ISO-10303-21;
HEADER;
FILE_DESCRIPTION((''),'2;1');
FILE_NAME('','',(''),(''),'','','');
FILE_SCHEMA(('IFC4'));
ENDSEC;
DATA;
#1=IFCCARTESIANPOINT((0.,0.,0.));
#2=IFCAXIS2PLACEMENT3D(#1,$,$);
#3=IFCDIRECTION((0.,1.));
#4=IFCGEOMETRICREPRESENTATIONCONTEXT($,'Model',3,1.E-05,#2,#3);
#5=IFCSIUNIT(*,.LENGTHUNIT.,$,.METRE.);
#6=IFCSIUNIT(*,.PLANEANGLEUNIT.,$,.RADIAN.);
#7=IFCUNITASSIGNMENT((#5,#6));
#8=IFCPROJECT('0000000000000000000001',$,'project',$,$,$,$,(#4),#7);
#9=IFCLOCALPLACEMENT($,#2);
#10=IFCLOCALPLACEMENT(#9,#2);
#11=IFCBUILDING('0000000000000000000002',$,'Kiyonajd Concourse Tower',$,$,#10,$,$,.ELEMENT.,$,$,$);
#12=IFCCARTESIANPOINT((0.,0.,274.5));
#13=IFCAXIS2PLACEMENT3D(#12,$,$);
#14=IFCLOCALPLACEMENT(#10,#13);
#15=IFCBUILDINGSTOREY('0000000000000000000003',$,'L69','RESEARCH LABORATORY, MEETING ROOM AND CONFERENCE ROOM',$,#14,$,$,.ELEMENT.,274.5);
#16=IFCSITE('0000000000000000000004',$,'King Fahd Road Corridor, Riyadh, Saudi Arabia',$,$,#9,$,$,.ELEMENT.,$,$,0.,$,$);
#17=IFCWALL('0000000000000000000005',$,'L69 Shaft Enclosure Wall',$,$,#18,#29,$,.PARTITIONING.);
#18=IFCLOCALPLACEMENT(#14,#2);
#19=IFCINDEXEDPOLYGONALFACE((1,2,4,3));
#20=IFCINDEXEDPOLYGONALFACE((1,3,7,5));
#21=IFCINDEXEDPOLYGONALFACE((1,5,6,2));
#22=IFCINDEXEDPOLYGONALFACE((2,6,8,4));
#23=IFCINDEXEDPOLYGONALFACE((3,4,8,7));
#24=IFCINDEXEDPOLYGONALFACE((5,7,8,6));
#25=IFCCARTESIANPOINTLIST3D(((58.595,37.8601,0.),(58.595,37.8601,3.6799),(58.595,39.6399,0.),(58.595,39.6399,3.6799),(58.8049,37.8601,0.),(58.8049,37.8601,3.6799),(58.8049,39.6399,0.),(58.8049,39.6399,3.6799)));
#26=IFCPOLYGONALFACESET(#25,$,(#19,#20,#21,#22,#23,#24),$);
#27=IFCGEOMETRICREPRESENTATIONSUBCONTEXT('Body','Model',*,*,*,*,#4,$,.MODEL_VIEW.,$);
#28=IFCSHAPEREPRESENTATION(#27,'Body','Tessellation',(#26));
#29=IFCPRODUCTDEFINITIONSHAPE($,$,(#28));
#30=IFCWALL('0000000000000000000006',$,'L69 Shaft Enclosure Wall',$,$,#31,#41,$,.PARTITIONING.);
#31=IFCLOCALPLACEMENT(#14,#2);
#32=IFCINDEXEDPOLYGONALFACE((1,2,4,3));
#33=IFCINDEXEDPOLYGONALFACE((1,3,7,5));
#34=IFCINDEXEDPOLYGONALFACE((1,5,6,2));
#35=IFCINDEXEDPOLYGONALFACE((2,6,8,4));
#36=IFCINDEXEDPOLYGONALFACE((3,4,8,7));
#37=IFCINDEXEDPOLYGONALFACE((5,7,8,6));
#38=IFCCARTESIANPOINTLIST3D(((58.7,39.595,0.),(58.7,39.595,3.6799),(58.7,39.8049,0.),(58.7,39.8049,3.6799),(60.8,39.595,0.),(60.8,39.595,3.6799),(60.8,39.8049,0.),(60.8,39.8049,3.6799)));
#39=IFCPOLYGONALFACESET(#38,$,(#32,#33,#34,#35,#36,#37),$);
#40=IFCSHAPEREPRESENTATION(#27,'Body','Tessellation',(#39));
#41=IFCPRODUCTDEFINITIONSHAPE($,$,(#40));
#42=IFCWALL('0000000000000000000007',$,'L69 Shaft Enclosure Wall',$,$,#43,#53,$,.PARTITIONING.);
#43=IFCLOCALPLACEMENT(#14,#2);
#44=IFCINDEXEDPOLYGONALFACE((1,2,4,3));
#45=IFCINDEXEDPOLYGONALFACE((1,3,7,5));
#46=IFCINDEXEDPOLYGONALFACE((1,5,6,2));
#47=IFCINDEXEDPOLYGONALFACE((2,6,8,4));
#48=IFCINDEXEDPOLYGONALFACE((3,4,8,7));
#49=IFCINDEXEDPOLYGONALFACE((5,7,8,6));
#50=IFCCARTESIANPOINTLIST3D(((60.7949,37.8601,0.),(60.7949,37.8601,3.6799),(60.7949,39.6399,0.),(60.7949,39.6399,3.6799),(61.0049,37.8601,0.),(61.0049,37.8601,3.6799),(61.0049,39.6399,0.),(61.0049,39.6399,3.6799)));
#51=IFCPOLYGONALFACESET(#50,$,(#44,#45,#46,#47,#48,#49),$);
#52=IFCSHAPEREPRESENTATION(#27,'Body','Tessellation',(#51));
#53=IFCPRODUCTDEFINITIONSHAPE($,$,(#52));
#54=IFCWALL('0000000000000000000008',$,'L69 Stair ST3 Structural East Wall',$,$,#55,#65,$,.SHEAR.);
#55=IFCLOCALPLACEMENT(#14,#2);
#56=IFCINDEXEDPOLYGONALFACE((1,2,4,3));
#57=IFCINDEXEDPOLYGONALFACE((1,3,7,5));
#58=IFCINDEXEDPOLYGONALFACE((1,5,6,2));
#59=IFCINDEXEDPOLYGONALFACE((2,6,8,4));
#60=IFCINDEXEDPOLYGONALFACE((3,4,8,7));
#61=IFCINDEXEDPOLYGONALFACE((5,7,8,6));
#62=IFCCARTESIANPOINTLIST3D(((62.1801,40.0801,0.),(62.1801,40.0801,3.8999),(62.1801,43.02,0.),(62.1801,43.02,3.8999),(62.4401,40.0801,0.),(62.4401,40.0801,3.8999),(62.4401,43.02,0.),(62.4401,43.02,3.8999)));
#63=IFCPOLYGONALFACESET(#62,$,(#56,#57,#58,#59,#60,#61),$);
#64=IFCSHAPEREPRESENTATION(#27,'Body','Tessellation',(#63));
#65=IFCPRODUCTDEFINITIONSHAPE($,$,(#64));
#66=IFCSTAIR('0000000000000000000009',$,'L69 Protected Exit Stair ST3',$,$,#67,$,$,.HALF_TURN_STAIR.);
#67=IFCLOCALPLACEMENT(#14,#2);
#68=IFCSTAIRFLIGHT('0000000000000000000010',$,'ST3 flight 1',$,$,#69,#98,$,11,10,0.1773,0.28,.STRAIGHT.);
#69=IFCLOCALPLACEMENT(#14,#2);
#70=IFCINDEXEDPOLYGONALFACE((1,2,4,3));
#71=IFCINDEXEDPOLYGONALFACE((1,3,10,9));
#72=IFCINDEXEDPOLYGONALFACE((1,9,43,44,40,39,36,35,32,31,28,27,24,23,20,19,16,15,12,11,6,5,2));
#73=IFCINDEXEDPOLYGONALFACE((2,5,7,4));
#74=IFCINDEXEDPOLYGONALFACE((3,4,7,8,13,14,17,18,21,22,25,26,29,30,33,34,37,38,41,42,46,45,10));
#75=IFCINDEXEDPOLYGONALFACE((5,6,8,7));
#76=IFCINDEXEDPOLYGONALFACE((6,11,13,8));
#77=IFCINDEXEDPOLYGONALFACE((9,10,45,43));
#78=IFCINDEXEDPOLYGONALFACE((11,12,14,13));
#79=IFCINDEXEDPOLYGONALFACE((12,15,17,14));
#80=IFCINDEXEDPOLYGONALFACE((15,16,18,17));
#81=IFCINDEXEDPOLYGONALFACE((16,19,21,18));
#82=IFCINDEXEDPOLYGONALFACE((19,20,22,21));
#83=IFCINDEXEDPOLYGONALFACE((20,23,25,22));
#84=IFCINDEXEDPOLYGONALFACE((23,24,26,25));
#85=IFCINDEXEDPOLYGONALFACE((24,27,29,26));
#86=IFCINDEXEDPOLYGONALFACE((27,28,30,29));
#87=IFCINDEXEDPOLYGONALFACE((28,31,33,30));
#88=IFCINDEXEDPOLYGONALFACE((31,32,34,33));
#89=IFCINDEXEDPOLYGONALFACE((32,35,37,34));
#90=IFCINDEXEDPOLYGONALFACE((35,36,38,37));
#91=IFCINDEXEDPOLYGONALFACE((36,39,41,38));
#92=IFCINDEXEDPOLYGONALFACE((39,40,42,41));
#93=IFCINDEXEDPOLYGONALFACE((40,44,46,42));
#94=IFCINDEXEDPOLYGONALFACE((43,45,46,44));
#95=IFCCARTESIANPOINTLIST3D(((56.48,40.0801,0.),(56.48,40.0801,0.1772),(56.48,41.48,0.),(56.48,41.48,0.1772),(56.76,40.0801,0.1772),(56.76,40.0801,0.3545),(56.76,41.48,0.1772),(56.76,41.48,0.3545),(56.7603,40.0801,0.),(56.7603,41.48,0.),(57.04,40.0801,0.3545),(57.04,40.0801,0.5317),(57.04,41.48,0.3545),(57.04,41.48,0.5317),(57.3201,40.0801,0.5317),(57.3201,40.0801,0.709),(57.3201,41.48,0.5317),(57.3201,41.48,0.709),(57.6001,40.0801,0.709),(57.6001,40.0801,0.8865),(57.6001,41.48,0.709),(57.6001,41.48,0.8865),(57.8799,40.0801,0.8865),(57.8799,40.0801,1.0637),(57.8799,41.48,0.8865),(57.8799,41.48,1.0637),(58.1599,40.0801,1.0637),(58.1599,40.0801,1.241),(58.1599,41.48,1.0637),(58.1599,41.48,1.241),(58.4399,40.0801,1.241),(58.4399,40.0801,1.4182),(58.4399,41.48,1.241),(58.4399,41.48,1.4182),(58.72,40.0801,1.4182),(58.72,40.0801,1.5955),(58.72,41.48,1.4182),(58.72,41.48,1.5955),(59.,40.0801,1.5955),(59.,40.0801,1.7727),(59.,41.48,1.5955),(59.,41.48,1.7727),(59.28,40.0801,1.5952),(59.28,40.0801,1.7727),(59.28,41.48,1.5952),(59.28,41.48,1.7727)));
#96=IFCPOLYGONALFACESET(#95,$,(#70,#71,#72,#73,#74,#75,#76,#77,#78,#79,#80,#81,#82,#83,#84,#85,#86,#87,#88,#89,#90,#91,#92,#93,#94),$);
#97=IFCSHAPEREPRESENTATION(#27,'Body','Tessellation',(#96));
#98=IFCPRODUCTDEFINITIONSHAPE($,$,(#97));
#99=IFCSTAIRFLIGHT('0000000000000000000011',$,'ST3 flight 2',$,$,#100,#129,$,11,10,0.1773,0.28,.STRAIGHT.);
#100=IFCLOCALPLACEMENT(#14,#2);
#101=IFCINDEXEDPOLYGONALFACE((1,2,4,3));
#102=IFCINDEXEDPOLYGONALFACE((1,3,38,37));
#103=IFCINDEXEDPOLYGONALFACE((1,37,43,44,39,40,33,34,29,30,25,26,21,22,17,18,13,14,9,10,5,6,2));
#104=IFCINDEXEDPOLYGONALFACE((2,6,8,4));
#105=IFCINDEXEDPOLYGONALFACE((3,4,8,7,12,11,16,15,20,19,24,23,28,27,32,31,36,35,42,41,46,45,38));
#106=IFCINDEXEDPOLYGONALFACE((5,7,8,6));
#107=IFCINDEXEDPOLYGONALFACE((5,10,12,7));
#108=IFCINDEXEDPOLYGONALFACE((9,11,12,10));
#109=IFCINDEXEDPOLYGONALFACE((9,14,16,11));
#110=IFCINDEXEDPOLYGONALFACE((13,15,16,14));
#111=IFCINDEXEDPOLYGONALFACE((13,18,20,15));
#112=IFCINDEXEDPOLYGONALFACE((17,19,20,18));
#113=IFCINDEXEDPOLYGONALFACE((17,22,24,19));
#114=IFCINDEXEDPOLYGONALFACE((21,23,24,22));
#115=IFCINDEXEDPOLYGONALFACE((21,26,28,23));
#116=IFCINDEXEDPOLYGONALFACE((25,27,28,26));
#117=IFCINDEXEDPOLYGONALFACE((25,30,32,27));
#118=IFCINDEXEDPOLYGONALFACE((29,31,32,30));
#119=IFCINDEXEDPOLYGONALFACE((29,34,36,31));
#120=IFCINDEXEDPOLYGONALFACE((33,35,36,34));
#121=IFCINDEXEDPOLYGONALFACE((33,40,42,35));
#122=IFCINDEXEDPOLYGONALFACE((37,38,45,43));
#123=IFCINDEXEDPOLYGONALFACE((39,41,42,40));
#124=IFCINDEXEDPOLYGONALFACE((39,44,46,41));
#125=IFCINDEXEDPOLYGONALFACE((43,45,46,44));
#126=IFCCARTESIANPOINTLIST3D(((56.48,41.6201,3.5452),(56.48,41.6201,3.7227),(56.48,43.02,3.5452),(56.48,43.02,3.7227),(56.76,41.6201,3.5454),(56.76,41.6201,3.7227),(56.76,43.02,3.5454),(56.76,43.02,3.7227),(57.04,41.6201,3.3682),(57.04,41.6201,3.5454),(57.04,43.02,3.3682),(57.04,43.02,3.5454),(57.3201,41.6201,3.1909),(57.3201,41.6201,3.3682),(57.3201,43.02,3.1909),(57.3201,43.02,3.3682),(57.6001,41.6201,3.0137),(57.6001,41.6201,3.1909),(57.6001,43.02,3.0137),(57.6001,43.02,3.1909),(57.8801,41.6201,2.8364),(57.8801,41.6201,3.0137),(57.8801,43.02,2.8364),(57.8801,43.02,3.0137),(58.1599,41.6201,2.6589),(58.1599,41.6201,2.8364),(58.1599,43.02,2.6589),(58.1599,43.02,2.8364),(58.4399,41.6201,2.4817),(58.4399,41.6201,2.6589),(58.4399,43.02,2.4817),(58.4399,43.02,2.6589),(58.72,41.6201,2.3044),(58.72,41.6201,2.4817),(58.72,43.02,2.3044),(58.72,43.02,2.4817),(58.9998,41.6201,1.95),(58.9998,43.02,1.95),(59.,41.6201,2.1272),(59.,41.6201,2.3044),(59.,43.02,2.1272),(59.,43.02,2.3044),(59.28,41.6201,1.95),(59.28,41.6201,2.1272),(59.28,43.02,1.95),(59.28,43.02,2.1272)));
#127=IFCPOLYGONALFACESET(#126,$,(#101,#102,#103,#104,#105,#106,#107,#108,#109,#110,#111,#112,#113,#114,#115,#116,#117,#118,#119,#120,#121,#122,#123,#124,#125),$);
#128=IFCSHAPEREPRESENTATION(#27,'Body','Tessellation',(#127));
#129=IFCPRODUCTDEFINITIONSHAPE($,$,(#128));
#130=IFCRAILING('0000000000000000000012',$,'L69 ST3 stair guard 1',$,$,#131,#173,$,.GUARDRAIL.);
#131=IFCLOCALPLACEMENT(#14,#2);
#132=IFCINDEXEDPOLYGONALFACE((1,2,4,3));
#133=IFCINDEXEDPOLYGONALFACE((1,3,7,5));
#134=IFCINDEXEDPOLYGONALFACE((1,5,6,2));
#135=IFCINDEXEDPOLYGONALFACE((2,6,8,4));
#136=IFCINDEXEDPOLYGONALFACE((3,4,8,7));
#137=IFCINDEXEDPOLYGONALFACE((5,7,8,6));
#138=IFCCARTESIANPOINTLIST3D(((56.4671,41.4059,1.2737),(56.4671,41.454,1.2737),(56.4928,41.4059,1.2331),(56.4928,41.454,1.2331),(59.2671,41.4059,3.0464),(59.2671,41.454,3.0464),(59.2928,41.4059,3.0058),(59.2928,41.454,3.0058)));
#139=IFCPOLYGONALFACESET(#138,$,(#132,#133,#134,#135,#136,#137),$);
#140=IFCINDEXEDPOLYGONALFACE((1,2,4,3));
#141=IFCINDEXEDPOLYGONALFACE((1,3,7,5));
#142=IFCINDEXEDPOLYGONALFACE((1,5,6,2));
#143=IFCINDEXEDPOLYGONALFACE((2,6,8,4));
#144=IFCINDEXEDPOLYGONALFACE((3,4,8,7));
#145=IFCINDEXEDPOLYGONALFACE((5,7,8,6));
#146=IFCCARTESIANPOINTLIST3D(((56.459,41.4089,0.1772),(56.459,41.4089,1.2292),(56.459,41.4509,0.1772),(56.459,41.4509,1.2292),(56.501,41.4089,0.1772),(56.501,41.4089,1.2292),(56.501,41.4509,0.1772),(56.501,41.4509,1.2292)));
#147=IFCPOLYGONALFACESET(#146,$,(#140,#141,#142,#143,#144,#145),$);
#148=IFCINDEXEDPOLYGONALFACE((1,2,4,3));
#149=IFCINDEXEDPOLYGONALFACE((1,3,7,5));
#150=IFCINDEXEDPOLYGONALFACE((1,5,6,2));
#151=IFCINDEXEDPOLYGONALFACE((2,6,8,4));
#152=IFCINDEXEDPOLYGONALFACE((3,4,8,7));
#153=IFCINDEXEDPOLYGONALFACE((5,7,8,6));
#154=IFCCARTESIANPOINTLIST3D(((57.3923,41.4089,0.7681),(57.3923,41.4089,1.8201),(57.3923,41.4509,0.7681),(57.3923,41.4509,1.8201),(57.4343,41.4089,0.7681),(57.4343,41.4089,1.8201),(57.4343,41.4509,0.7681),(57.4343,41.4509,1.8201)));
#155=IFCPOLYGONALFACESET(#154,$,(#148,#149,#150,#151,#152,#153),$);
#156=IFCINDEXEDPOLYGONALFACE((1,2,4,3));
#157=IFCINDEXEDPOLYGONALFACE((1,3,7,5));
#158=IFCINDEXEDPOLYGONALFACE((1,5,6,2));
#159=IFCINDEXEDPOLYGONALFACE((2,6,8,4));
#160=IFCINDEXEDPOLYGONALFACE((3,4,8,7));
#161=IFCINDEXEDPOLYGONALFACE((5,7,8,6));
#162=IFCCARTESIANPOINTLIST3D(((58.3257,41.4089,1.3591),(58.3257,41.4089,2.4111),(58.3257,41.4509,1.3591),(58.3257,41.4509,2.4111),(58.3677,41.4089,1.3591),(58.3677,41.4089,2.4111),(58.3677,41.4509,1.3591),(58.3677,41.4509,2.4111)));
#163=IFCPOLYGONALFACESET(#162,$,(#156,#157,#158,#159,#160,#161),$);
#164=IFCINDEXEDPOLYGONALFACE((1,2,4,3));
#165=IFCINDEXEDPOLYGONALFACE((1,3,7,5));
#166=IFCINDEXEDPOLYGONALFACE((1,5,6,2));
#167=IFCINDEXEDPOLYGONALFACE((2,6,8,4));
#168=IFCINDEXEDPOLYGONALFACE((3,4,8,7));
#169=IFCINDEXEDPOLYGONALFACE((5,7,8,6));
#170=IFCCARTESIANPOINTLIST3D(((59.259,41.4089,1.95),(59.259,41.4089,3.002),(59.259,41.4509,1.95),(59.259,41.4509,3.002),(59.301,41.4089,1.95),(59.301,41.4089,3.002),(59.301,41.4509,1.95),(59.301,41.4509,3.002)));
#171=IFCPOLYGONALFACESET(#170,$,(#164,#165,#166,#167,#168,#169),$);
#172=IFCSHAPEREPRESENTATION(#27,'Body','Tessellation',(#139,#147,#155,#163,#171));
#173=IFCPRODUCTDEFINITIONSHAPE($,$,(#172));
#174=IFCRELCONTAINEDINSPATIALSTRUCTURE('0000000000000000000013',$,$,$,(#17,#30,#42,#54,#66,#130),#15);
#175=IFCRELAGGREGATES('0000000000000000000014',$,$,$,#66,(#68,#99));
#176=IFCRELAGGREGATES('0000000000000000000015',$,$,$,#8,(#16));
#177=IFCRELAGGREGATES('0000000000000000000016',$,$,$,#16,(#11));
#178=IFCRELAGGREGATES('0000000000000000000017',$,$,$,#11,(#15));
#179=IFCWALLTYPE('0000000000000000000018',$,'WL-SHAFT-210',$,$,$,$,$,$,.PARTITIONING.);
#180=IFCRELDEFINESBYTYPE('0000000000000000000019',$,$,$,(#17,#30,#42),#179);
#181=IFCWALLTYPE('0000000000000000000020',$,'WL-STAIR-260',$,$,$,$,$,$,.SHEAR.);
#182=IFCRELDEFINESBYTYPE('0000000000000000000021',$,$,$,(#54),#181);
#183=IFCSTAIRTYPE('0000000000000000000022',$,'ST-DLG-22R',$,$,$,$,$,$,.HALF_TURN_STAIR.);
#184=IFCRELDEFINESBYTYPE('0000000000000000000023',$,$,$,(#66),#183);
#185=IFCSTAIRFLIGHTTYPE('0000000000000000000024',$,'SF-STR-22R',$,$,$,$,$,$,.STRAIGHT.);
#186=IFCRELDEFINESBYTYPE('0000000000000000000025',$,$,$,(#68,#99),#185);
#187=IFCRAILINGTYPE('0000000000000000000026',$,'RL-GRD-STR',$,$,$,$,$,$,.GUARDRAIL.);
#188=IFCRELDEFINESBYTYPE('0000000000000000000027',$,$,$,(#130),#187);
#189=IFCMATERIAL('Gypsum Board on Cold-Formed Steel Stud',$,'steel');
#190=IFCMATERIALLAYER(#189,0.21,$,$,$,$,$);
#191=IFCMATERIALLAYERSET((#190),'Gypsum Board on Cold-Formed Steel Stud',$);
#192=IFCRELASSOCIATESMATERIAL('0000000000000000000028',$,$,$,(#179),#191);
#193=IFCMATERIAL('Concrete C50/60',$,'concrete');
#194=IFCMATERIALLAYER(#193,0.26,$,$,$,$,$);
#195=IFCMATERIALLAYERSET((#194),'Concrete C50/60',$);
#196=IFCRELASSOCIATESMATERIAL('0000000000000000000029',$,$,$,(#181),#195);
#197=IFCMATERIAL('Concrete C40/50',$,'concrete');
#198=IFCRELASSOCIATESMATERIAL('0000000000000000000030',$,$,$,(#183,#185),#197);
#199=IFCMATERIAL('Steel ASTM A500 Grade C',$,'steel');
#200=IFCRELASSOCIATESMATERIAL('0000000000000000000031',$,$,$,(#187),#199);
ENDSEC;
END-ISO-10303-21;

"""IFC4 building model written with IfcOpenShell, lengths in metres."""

from ifc_helpers import new_model, si_unit, direction, frame, frame_2d, origin, origin_2d, place, context, subcontext, project, spatial, polyline, rectangle, outline, extrude, material, layer, layer_set, type_object, element, aggregate, save


model = new_model("IFC4")

# Units and contexts
model_context = context("Model", 3, precision=1e-05, world=origin(), true_north=direction((0.0, 1.0)))
body_context = subcontext(model_context, "Body", "Model", "MODEL_VIEW")
ifc_project = project(units=[si_unit("LENGTHUNIT", "METRE"), si_unit("PLANEANGLEUNIT", "RADIAN")], contexts=[model_context])

# Site, building, storey
site_placement = place(None, origin())
site = spatial("IfcSite", under=ifc_project, at=site_placement, Name="King Fahd Road Corridor, Riyadh, Saudi Arabia", CompositionType="ELEMENT", RefElevation=0.0)
building_placement = place(site_placement, origin())
building = spatial("IfcBuilding", under=site, at=building_placement, Name="Kiyonajd Concourse Tower", CompositionType="ELEMENT")
storey_placement = place(building_placement, frame((0.0, 0.0, 274.5)))
storey = spatial("IfcBuildingStorey", under=building, at=storey_placement, Name="L69", Description="RESEARCH LABORATORY, MEETING ROOM AND CONFERENCE ROOM", CompositionType="ELEMENT", Elevation=274.5)

# Shared definitions
ifc_material_1 = material(Name="Gypsum Board on Cold-Formed Steel Stud", Category="steel")

# Walls
ifc_layer_1 = layer(ifc_material_1, 0.21)
ifc_layer_set_1 = layer_set([ifc_layer_1], Name="Gypsum Board on Cold-Formed Steel Stud")
wall_type_1 = type_object("IfcWallType", Name="WL-SHAFT-210", PredefinedType="PARTITIONING", material=ifc_layer_set_1)
wall_1_placement = place(storey_placement, frame((58.7, 37.8601, 0.0), z_axis=(0.0, 0.0, 1.0), x_axis=(0.0, 1.0, 0.0)))
element("IfcWall", 1, at=wall_1_placement, inside=storey, type_object=wall_type_1, Name="L69 Shaft Enclosure Wall", PredefinedType="PARTITIONING", context=body_context, shape_type="SweptSolid", body=[
    extrude(rectangle(XDim=1.7798, YDim=0.21, at=frame_2d((0.8899, 0.0))), origin(), (0.0, 0.0, 1.0), 3.6799),
])
wall_2_placement = place(storey_placement, frame((58.7, 39.7, 0.0), z_axis=(0.0, 0.0, 1.0), x_axis=(1.0, 0.0, 0.0)))
element("IfcWall", 2, at=wall_2_placement, inside=storey, type_object=wall_type_1, Name="L69 Shaft Enclosure Wall", PredefinedType="PARTITIONING", context=body_context, shape_type="SweptSolid", body=[
    extrude(rectangle(XDim=2.1001, YDim=0.21, at=frame_2d((1.05, 0.0))), origin(), (0.0, 0.0, 1.0), 3.6799),
])
wall_3_placement = place(storey_placement, frame((60.8999, 37.8601, 0.0), z_axis=(0.0, 0.0, 1.0), x_axis=(0.0, 1.0, 0.0)))
element("IfcWall", 3, at=wall_3_placement, inside=storey, type_object=wall_type_1, Name="L69 Shaft Enclosure Wall", PredefinedType="PARTITIONING", context=body_context, shape_type="SweptSolid", body=[
    extrude(rectangle(XDim=1.7798, YDim=0.21, at=frame_2d((0.8899, 0.0))), origin(), (0.0, 0.0, 1.0), 3.6799),
])
ifc_material_2 = material(Name="Concrete C50/60", Category="concrete")
ifc_layer_2 = layer(ifc_material_2, 0.26)
ifc_layer_set_2 = layer_set([ifc_layer_2], Name="Concrete C50/60")
wall_type_2 = type_object("IfcWallType", Name="WL-STAIR-260", PredefinedType="SHEAR", material=ifc_layer_set_2)
wall_4_placement = place(storey_placement, frame((62.3101, 40.0801, 0.0), z_axis=(0.0, 0.0, 1.0), x_axis=(0.0, 1.0, 0.0)))
element("IfcWall", 4, at=wall_4_placement, inside=storey, type_object=wall_type_2, Name="L69 Stair ST3 Structural East Wall", PredefinedType="SHEAR", context=body_context, shape_type="SweptSolid", body=[
    extrude(rectangle(XDim=2.9399, YDim=0.26, at=frame_2d((1.47, 0.0))), origin(), (0.0, 0.0, 1.0), 3.8999),
])

# Stair, stair flights
ifc_material_3 = material(Name="Concrete C40/50", Category="concrete")
stair_type = type_object("IfcStairType", Name="ST-DLG-22R", PredefinedType="HALF_TURN_STAIR", material=ifc_material_3)
stair_placement = place(storey_placement, origin())
stair = element("IfcStair", 5, at=stair_placement, inside=storey, type_object=stair_type, Name="L69 Protected Exit Stair ST3", PredefinedType="HALF_TURN_STAIR")
stair_flight_type = type_object("IfcStairFlightType", Name="SF-STR-22R", PredefinedType="STRAIGHT", material=ifc_material_3)
stair_flight_1_placement = place(storey_placement, frame((56.48, 40.78, 0.0), z_axis=(0.0, 0.0, 1.0), x_axis=(1.0, 0.0, 0.0)))
stair_flight_1 = element("IfcStairFlight", 6, at=stair_flight_1_placement, type_object=stair_flight_type, Name="ST3 flight 1", NumberOfRisers=11, NumberOfTreads=10, PredefinedType="STRAIGHT", RiserHeight=0.1773, TreadLength=0.28, context=body_context, shape_type="SweptSolid", body=[
    extrude(outline(polyline([(0.0, 0.0), (0.0, 0.1772), (0.28, 0.1772), (0.28, 0.3545), (0.5601, 0.3545), (0.5601, 0.5317), (0.8401, 0.5317), (0.8401, 0.709), (1.1201, 0.709), (1.1201, 0.8865), (1.3999, 0.8865), (1.3999, 1.0637), (1.6799, 1.0637), (1.6799, 1.241), (1.96, 1.241), (1.96, 1.4182), (2.24, 1.4182), (2.24, 1.5955), (2.52, 1.5955), (2.52, 1.7727), (2.8, 1.7727), (2.8, 1.95), (2.8, 1.5952), (0.2803, 0.0), (0.0, 0.0)])), frame((0.0, 0.7, 0.0), z_axis=(0.0, -1.0, 0.0), x_axis=(1.0, 0.0, 0.0)), (0.0, 0.0, 1.0), 1.3999),
])
stair_flight_2_placement = place(storey_placement, frame((59.28, 42.3201, 1.95), z_axis=(0.0, 0.0, 1.0), x_axis=(-1.0, 0.0, 0.0)))
stair_flight_2 = element("IfcStairFlight", 7, at=stair_flight_2_placement, type_object=stair_flight_type, Name="ST3 flight 2", NumberOfRisers=11, NumberOfTreads=10, PredefinedType="STRAIGHT", RiserHeight=0.1773, TreadLength=0.28, context=body_context, shape_type="SweptSolid", body=[
    extrude(outline(polyline([(0.0, 0.0), (0.0, 0.1772), (0.28, 0.1772), (0.28, 0.3545), (0.5601, 0.3545), (0.5601, 0.5317), (0.8401, 0.5317), (0.8401, 0.709), (1.1201, 0.709), (1.1201, 0.8865), (1.3999, 0.8865), (1.3999, 1.0637), (1.6799, 1.0637), (1.6799, 1.241), (1.96, 1.241), (1.96, 1.4182), (2.24, 1.4182), (2.24, 1.5955), (2.52, 1.5955), (2.52, 1.7727), (2.8, 1.7727), (2.8, 1.95), (2.8, 1.5952), (0.2803, 0.0), (0.0, 0.0)])), frame((0.0, 0.7, 0.0), z_axis=(0.0, -1.0, 0.0), x_axis=(1.0, 0.0, 0.0)), (0.0, 0.0, 1.0), 1.3999),
])
aggregate(stair, [stair_flight_1, stair_flight_2])

# Railing
ifc_material_4 = material(Name="Steel ASTM A500 Grade C", Category="steel")
railing_type_1 = type_object("IfcRailingType", Name="RL-GRD-STR", PredefinedType="GUARDRAIL", material=ifc_material_4)
railing_1_placement = place(storey_placement, frame((56.48, 41.4299, 0.1772)))
element("IfcRailing", 8, at=railing_1_placement, inside=storey, type_object=railing_type_1, Name="L69 ST3 stair guard 1", PredefinedType="GUARDRAIL", context=body_context, shape_type="SweptSolid", body=[
    extrude(rectangle(XDim=0.0481, YDim=0.0481, at=origin_2d()), frame((0.0, 0.0, 1.0762), z_axis=(0.844909, 0.0, 0.53491), x_axis=(0.0, 1.0, 0.0)), (0.0, 0.0, 1.0), 3.314),
    extrude(rectangle(XDim=0.042, YDim=0.042, at=origin_2d()), origin(), (0.0, 0.0, 1.0), 1.052),
    extrude(rectangle(XDim=0.042, YDim=0.042, at=origin_2d()), frame((0.9333, 0.0, 0.5908)), (0.0, 0.0, 1.0), 1.052),
    extrude(rectangle(XDim=0.042, YDim=0.042, at=origin_2d()), frame((1.8667, 0.0, 1.1819)), (0.0, 0.0, 1.0), 1.052),
    extrude(rectangle(XDim=0.042, YDim=0.042, at=origin_2d()), frame((2.8, 0.0, 1.7727)), (0.0, 0.0, 1.0), 1.052),
])

save(model, "model.ifc")
